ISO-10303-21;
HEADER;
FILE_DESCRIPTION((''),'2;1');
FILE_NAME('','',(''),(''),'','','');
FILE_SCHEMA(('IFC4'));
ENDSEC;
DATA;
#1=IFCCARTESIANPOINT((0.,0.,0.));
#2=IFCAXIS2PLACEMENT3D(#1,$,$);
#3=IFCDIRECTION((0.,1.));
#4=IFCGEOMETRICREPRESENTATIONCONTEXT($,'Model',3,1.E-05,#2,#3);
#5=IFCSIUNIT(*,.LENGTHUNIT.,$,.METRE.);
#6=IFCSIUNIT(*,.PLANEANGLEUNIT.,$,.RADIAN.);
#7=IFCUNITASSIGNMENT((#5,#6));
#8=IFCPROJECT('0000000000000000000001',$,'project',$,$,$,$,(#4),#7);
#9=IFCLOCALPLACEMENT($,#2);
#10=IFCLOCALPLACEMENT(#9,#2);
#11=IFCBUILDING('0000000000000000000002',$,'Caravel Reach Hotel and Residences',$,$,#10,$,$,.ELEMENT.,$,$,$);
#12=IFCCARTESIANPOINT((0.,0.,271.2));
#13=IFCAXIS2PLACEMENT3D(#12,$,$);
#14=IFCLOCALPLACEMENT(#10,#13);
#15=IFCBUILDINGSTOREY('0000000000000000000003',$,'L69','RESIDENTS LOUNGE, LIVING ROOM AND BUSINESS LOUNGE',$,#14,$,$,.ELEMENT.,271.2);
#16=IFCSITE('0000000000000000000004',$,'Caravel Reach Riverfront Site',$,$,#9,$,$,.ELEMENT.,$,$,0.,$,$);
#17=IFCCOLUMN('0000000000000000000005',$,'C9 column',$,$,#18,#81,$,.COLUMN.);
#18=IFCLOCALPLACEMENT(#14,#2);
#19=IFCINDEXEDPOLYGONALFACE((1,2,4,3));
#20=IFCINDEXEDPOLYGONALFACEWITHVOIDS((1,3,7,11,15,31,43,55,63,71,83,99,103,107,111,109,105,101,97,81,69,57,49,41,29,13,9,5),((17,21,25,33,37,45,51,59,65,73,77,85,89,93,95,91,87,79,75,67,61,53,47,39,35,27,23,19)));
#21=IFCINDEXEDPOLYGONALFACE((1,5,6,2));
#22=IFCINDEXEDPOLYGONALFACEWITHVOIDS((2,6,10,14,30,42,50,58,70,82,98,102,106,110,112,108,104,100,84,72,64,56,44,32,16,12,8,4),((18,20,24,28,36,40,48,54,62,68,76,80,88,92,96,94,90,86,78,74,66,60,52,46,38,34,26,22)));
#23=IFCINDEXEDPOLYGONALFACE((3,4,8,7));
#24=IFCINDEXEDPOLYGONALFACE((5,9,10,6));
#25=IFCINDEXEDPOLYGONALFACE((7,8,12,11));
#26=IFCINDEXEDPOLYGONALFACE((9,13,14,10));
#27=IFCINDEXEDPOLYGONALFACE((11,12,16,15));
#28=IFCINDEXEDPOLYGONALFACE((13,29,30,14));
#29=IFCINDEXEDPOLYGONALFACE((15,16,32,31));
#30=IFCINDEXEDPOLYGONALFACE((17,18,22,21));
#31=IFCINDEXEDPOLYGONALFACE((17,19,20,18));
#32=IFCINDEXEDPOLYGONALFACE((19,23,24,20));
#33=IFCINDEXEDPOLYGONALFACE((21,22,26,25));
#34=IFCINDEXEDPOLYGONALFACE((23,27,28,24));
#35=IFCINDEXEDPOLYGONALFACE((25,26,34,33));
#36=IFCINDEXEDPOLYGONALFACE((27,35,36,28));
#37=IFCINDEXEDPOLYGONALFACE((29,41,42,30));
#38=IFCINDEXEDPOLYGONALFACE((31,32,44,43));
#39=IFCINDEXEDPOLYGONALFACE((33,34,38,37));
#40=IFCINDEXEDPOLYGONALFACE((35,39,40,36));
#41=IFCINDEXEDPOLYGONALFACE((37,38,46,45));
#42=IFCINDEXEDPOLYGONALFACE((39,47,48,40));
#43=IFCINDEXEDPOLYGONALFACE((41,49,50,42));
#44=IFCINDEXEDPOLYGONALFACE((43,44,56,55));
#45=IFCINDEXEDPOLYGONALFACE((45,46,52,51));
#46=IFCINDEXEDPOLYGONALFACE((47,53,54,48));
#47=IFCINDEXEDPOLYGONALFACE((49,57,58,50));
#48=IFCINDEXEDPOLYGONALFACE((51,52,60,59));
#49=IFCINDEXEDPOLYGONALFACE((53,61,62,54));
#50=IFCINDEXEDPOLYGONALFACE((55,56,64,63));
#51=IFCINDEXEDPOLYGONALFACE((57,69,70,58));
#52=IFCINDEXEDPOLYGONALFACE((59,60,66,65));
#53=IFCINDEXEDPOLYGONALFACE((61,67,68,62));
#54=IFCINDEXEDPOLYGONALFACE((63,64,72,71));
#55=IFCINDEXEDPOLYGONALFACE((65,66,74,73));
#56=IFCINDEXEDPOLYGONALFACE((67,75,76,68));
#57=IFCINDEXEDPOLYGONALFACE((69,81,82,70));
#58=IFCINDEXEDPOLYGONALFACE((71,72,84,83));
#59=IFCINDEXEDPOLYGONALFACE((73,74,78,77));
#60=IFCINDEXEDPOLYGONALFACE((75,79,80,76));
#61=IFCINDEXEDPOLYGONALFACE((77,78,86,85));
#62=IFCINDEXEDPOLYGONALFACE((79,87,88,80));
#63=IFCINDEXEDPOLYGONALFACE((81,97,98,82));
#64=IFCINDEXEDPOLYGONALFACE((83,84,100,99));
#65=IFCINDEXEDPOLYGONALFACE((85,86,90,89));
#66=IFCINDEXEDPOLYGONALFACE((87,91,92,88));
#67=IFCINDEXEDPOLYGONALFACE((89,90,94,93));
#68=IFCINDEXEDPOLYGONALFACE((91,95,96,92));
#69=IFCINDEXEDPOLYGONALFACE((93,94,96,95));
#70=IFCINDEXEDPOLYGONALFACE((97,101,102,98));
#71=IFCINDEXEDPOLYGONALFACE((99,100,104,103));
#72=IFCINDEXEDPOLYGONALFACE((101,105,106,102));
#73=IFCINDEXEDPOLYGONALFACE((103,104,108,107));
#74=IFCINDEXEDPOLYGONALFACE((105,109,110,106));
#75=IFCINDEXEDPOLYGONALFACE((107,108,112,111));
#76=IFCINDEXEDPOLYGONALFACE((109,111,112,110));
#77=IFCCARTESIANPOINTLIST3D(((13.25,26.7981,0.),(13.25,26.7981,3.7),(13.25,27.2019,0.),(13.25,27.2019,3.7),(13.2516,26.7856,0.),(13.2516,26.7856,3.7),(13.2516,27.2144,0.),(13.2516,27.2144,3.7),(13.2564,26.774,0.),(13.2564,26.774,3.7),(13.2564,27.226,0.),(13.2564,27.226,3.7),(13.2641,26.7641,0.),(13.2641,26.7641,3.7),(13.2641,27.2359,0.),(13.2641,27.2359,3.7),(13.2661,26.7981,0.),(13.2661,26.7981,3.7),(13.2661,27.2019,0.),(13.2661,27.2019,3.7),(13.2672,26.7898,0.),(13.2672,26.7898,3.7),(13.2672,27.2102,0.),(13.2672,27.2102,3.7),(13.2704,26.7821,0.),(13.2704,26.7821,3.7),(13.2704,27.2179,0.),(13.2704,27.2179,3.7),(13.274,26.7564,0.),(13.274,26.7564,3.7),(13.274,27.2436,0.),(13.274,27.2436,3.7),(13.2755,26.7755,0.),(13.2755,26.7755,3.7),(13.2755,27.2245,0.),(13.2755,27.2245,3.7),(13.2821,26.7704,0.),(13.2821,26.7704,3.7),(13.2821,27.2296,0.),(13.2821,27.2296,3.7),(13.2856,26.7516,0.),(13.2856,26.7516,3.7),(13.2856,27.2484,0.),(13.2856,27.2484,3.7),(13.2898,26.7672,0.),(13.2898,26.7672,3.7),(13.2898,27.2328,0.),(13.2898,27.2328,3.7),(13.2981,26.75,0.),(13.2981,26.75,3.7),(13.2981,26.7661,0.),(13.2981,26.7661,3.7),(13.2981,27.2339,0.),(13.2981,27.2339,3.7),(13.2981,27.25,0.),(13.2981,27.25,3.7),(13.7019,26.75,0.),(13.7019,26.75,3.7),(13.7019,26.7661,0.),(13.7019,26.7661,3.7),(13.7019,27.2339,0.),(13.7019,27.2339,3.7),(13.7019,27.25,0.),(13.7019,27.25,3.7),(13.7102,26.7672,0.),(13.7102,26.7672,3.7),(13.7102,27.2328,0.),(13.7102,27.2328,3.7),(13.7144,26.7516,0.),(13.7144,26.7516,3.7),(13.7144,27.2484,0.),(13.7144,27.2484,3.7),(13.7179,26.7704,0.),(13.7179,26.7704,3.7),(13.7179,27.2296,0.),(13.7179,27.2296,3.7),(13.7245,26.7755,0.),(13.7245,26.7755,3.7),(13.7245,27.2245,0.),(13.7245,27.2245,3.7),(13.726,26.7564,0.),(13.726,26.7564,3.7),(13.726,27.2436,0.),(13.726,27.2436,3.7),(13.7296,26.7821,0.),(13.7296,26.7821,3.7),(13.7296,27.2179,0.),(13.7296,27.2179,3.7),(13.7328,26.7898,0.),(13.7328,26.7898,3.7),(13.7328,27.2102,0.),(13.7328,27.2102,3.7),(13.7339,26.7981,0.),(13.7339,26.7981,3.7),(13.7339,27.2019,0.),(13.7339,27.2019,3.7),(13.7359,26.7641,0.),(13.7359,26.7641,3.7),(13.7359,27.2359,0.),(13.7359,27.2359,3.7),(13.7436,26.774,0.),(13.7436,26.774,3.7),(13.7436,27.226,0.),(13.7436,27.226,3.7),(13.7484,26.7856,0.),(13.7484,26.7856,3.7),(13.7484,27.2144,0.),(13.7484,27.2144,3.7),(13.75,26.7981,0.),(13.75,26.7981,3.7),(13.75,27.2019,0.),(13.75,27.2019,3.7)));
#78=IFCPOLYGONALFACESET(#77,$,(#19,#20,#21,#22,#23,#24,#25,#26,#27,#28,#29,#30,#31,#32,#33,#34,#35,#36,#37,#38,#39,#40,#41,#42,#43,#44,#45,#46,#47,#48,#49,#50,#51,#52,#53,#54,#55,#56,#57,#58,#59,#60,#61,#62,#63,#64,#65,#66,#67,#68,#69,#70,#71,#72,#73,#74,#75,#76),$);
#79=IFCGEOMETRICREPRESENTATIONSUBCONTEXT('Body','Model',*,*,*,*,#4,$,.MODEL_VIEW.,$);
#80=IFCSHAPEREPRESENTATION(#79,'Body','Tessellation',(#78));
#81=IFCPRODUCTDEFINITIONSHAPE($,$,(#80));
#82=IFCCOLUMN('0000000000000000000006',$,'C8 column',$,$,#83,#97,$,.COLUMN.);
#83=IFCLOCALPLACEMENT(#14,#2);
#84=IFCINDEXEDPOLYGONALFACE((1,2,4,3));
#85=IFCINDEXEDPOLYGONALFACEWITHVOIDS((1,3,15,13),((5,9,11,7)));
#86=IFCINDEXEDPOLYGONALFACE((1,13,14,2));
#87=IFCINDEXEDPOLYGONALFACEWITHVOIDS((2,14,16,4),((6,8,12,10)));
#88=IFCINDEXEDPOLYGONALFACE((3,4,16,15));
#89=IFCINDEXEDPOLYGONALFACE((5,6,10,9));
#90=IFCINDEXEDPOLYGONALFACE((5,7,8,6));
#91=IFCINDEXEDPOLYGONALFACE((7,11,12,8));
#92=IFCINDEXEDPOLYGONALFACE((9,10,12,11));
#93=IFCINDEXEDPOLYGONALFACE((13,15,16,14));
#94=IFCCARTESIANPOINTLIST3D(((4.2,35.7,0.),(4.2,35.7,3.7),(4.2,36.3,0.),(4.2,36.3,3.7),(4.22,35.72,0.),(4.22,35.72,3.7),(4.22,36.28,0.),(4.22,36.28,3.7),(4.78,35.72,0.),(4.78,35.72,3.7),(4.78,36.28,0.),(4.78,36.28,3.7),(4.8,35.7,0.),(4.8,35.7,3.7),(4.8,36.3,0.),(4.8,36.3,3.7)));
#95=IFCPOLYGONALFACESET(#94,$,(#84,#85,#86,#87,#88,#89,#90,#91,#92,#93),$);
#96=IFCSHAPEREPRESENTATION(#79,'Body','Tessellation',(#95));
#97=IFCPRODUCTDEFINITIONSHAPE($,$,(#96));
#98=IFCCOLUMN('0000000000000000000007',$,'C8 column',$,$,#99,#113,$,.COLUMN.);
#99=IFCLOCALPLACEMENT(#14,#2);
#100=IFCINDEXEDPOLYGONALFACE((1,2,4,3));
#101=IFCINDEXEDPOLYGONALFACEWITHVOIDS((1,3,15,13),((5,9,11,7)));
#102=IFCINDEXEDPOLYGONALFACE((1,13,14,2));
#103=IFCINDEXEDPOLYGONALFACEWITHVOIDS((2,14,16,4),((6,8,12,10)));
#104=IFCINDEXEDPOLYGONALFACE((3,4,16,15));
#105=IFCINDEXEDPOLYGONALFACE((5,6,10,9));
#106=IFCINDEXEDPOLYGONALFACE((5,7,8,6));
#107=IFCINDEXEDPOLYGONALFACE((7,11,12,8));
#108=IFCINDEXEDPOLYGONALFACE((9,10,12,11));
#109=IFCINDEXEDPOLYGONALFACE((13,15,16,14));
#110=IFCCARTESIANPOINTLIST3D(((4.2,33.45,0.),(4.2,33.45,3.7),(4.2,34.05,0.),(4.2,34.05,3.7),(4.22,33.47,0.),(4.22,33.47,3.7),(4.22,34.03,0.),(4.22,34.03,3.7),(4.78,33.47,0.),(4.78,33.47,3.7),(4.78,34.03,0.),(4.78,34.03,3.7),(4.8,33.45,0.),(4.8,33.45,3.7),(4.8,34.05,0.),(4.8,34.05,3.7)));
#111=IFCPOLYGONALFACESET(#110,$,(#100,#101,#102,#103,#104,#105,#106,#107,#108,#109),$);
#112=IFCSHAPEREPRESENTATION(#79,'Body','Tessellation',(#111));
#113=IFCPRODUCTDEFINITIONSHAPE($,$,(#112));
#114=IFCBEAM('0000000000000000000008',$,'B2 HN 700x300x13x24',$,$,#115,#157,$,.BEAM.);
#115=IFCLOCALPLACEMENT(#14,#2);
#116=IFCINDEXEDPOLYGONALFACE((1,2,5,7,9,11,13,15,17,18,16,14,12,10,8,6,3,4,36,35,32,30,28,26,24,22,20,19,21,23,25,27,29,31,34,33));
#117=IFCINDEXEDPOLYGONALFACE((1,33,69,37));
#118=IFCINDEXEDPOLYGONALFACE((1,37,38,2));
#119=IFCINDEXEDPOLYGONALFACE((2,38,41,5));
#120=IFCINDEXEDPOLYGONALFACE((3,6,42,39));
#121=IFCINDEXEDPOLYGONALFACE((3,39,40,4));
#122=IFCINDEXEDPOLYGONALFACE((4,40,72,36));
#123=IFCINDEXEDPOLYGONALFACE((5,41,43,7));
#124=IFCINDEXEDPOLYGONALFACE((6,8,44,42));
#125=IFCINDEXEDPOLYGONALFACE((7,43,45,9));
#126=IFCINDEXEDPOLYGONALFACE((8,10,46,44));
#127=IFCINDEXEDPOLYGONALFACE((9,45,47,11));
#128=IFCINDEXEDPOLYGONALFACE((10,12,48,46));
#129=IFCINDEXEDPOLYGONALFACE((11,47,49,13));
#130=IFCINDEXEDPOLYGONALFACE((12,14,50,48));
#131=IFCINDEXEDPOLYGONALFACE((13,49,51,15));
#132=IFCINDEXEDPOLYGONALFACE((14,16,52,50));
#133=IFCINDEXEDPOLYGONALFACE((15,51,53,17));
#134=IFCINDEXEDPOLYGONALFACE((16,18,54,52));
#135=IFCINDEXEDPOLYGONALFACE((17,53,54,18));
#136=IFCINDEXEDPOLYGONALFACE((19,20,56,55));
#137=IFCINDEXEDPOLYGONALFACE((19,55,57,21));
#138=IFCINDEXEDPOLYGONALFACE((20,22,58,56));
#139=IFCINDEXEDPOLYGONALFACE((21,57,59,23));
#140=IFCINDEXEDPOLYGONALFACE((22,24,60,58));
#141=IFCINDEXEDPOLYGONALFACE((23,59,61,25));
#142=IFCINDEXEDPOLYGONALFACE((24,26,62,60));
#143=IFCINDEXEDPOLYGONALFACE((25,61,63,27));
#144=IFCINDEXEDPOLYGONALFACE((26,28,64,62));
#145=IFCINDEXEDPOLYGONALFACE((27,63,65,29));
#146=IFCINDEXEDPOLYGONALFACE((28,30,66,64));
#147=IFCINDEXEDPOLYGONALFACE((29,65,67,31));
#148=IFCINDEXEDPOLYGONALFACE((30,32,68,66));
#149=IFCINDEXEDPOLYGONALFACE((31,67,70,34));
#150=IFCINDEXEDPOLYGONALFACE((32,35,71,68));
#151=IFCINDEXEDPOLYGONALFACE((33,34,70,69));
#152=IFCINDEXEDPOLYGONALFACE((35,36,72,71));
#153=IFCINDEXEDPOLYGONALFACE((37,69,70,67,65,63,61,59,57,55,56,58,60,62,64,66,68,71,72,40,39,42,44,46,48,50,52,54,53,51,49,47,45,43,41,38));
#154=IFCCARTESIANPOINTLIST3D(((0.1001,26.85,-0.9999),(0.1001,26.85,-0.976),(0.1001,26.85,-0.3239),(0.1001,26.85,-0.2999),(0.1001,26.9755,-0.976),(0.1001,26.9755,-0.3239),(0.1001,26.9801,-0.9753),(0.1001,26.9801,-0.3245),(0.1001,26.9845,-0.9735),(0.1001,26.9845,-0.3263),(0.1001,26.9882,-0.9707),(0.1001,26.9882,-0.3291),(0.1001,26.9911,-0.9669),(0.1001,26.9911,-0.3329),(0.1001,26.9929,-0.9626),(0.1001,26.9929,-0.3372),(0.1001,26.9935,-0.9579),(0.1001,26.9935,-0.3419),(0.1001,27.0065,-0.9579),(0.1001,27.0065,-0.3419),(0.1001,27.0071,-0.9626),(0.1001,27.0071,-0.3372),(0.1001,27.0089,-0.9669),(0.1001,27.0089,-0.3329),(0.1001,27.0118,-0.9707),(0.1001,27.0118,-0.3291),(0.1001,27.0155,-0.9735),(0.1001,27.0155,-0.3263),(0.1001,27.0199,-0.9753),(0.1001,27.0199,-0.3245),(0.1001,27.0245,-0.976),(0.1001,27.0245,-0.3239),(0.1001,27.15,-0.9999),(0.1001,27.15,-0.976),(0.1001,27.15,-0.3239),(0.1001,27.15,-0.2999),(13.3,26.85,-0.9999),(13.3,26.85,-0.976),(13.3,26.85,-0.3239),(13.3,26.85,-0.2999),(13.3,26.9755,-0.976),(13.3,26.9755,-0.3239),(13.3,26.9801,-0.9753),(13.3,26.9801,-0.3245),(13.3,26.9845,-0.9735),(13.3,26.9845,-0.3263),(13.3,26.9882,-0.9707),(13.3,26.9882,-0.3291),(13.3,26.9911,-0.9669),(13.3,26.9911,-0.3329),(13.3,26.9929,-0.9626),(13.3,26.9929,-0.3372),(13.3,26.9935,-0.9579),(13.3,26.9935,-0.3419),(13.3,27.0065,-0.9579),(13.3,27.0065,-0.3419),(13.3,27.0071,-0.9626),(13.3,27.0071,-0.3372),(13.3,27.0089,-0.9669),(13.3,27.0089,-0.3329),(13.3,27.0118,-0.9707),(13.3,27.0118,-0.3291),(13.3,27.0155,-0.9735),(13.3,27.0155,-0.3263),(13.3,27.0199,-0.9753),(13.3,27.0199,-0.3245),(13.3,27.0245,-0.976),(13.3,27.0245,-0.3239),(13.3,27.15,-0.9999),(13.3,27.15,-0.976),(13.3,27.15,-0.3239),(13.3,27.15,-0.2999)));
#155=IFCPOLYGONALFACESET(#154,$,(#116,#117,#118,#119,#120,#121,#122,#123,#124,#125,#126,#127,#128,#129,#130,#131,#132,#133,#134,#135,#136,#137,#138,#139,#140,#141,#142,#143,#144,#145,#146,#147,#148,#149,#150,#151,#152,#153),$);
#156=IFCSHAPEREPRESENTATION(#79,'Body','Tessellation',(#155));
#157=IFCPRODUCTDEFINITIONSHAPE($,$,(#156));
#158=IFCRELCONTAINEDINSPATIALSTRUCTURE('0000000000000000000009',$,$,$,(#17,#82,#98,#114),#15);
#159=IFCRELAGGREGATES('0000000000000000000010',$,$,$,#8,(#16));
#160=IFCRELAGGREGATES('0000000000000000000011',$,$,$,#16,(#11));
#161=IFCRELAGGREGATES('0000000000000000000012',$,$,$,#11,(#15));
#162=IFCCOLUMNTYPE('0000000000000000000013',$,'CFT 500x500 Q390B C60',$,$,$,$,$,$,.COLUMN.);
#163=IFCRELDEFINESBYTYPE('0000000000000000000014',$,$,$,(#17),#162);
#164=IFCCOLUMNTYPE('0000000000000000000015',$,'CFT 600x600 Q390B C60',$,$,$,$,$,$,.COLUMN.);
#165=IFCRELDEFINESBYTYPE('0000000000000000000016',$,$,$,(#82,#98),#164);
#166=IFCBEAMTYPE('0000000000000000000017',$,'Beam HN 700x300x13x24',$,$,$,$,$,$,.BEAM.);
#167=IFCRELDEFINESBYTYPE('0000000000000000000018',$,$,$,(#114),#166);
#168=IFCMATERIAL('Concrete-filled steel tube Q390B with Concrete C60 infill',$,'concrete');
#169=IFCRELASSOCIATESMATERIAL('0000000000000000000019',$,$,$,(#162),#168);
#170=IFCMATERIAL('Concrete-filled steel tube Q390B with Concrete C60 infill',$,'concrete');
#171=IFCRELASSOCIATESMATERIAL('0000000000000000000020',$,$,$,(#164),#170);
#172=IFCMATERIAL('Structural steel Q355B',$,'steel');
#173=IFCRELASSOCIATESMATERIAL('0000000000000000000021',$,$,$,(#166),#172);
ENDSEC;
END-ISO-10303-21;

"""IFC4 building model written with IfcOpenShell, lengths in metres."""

from ifc_helpers import new_model, si_unit, direction, frame, origin, origin_2d, place, context, subcontext, project, spatial, hollow_rectangle, i_section, extrude, material, material_profile, profile_set, type_object, element, save


model = new_model("IFC4")

# Units and contexts
model_context = context("Model", 3, precision=1e-05, world=origin(), true_north=direction((0.0, 1.0)))
body_context = subcontext(model_context, "Body", "Model", "MODEL_VIEW")
ifc_project = project(units=[si_unit("LENGTHUNIT", "METRE"), si_unit("PLANEANGLEUNIT", "RADIAN")], contexts=[model_context])

# Site, building, storey
site_placement = place(None, origin())
site = spatial("IfcSite", under=ifc_project, at=site_placement, Name="Caravel Reach Riverfront Site", CompositionType="ELEMENT", RefElevation=0.0)
building_placement = place(site_placement, origin())
building = spatial("IfcBuilding", under=site, at=building_placement, Name="Caravel Reach Hotel and Residences", CompositionType="ELEMENT")
storey_placement = place(building_placement, frame((0.0, 0.0, 271.2)))
storey = spatial("IfcBuildingStorey", under=building, at=storey_placement, Name="L69", Description="RESIDENTS LOUNGE, LIVING ROOM AND BUSINESS LOUNGE", CompositionType="ELEMENT", Elevation=271.2)

# Columns
ifc_material_1 = material(Name="Concrete-filled steel tube Q390B with Concrete C60 infill", Category="concrete")
ifc_material_profile_1 = material_profile(ifc_material_1, hollow_rectangle(XDim=0.5, YDim=0.5, WallThickness=0.0161, InnerFilletRadius=0.032, OuterFilletRadius=0.0481, at=origin_2d()), Name="RHS 500x500x16")
ifc_profile_set_1 = profile_set([ifc_material_profile_1], Name="Concrete-filled steel tube Q390B with Concrete C60 infill")
column_type_1 = type_object("IfcColumnType", Name="CFT 500x500 Q390B C60", PredefinedType="COLUMN", material=ifc_profile_set_1)
column_placement = place(storey_placement, frame((13.5, 27.0, 0.0), z_axis=(0.0, 0.0, 1.0), x_axis=(1.0, 0.0, 0.0)))
element("IfcColumn", 1, at=column_placement, inside=storey, type_object=column_type_1, Name="C9 column", PredefinedType="COLUMN", context=body_context, shape_type="SweptSolid", body=[
    extrude(hollow_rectangle(XDim=0.5, YDim=0.5, WallThickness=0.0161, InnerFilletRadius=0.032, OuterFilletRadius=0.0481, at=origin_2d()), origin(), (0.0, 0.0, 1.0), 3.7),
])
ifc_material_2 = material(Name="Concrete-filled steel tube Q390B with Concrete C60 infill", Category="concrete")
ifc_material_profile_2 = material_profile(ifc_material_2, hollow_rectangle(XDim=0.6001, YDim=0.6001, WallThickness=0.02, at=origin_2d()), Name="RHS 600x600x20")
ifc_profile_set_2 = profile_set([ifc_material_profile_2], Name="Concrete-filled steel tube Q390B with Concrete C60 infill")
column_type_2 = type_object("IfcColumnType", Name="CFT 600x600 Q390B C60", PredefinedType="COLUMN", material=ifc_profile_set_2)
for number, where, z_axis, x_axis, name in (
    (2, (4.5, 36.0, 0.0), (0.0, 0.0, 1.0), (1.0, 0.0, 0.0), "C8 column"),
    (3, (4.5, 33.75, 0.0), (0.0, 0.0, 1.0), (1.0, 0.0, 0.0), "C8 column"),
):
    element("IfcColumn", number, at=place(storey_placement, frame(where, z_axis=z_axis, x_axis=x_axis)), inside=storey, type_object=column_type_2, Name=name, PredefinedType="COLUMN", context=body_context, shape_type="SweptSolid", body=[
        extrude(hollow_rectangle(XDim=0.6001, YDim=0.6001, WallThickness=0.02, at=origin_2d()), origin(), (0.0, 0.0, 1.0), 3.7),
    ])

# Beam
ifc_material_3 = material(Name="Structural steel Q355B", Category="steel")
ifc_material_profile_3 = material_profile(ifc_material_3, i_section(OverallWidth=0.3, OverallDepth=0.7, WebThickness=0.0129, FlangeThickness=0.0239, FilletRadius=0.0181, at=origin_2d()), Name="HN 700x300x13x24")
ifc_profile_set_3 = profile_set([ifc_material_profile_3], Name="Structural steel Q355B")
beam_type_1 = type_object("IfcBeamType", Name="Beam HN 700x300x13x24", PredefinedType="BEAM", material=ifc_profile_set_3)
beam_1_placement = place(storey_placement, frame((13.3, 27.0, -0.6499), z_axis=(-1.0, 0.0, 0.0), x_axis=(0.0, -1.0, 0.0)))
element("IfcBeam", 4, at=beam_1_placement, inside=storey, type_object=beam_type_1, Name="B2 HN 700x300x13x24", PredefinedType="BEAM", context=body_context, shape_type="SweptSolid", body=[
    extrude(i_section(OverallWidth=0.3, OverallDepth=0.7, WebThickness=0.0129, FlangeThickness=0.0239, FilletRadius=0.0181, at=origin_2d()), origin(), (0.0, 0.0, 1.0), 13.2),
])

save(model, "model.ifc")
